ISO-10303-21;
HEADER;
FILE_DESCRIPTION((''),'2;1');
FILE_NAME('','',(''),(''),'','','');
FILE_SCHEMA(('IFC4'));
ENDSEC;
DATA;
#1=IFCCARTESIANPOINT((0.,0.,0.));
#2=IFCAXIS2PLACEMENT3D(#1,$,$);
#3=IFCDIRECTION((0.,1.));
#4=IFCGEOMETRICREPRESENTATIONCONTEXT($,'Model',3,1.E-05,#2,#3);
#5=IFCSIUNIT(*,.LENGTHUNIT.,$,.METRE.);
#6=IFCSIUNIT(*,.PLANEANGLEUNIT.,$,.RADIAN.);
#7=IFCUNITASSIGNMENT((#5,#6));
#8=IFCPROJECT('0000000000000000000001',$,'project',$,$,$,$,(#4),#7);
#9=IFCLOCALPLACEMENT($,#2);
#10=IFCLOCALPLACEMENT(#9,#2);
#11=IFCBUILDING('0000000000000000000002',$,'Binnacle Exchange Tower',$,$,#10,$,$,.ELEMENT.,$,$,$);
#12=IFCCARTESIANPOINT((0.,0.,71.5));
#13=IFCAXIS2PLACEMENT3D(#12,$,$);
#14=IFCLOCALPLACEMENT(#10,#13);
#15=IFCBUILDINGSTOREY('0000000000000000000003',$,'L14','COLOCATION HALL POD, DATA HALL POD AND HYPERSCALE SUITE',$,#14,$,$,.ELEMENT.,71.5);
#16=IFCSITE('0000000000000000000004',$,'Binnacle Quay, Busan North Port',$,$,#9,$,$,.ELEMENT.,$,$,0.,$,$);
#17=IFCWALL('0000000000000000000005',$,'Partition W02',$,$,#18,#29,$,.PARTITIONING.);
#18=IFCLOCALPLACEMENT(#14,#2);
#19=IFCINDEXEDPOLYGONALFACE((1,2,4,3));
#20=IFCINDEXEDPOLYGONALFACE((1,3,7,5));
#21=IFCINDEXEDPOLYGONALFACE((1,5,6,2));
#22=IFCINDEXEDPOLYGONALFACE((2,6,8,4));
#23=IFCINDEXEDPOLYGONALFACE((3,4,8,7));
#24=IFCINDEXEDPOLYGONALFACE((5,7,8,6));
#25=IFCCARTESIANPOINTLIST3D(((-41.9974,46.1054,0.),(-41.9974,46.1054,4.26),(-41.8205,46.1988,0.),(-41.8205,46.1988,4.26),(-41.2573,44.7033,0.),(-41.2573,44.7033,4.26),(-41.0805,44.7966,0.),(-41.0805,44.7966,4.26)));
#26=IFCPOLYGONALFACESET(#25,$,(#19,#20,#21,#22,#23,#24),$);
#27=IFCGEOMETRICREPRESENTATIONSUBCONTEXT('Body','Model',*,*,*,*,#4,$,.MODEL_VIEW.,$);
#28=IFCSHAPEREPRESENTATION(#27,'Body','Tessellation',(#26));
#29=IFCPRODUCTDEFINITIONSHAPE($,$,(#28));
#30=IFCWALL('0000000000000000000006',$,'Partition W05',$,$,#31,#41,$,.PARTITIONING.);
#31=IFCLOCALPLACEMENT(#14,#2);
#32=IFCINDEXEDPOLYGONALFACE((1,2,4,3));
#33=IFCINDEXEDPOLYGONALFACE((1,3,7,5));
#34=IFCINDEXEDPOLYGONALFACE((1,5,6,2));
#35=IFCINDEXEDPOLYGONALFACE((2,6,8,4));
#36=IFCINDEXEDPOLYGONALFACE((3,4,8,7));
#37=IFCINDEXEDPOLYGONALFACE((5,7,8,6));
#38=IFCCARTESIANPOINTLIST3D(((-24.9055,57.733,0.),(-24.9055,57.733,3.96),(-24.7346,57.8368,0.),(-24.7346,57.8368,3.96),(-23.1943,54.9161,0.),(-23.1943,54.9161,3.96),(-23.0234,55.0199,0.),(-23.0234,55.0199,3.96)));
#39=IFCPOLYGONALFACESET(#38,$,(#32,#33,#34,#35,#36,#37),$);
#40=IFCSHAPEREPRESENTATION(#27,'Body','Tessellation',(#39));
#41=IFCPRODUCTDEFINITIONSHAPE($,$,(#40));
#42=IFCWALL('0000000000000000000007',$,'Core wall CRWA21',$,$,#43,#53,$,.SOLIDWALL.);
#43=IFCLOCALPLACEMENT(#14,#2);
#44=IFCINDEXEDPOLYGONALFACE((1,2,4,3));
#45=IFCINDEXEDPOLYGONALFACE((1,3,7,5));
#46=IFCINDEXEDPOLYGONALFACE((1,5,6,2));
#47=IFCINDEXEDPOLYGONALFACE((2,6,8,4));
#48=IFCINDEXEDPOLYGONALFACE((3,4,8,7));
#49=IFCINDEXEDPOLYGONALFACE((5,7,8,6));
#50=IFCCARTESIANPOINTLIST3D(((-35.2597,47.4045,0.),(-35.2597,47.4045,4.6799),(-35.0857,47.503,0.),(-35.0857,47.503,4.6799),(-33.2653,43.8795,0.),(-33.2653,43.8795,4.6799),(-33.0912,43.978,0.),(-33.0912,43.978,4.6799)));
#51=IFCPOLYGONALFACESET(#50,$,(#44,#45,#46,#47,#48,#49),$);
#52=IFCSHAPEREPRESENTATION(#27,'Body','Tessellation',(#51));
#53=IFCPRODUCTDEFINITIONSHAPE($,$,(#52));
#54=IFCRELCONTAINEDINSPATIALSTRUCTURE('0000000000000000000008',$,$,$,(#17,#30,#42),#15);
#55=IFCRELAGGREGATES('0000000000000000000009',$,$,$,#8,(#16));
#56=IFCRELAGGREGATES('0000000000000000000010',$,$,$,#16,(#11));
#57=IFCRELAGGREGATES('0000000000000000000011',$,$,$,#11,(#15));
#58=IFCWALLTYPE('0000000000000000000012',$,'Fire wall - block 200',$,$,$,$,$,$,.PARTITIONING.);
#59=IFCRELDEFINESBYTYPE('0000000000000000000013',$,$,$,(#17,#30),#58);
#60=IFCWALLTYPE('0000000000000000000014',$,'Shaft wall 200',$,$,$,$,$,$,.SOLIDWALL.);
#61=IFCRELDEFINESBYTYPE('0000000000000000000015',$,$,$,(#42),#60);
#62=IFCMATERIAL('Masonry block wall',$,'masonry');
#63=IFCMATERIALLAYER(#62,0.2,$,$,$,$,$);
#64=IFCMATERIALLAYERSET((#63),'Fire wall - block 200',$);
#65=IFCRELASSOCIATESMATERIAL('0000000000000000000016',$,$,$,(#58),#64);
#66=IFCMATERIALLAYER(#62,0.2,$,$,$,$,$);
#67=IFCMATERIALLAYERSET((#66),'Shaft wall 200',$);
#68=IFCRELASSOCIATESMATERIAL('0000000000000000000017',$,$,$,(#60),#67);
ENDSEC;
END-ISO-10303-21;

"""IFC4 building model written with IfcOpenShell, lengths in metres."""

from ifc_helpers import new_model, si_unit, direction, frame, frame_2d, origin, place, context, subcontext, project, spatial, rectangle, extrude, material, layer, layer_set, type_object, element, save


model = new_model("IFC4")

# Units and contexts
model_context = context("Model", 3, precision=1e-05, world=origin(), true_north=direction((0.0, 1.0)))
body_context = subcontext(model_context, "Body", "Model", "MODEL_VIEW")
ifc_project = project(units=[si_unit("LENGTHUNIT", "METRE"), si_unit("PLANEANGLEUNIT", "RADIAN")], contexts=[model_context])

# Site, building, storey
site_placement = place(None, origin())
site = spatial("IfcSite", under=ifc_project, at=site_placement, Name="Binnacle Quay, Busan North Port", CompositionType="ELEMENT", RefElevation=0.0)
building_placement = place(site_placement, origin())
building = spatial("IfcBuilding", under=site, at=building_placement, Name="Binnacle Exchange Tower", CompositionType="ELEMENT")
storey_placement = place(building_placement, frame((0.0, 0.0, 71.5)))
storey = spatial("IfcBuildingStorey", under=building, at=storey_placement, Name="L14", Description="COLOCATION HALL POD, DATA HALL POD AND HYPERSCALE SUITE", CompositionType="ELEMENT", Elevation=71.5)

# Walls
ifc_material_1 = material(Name="Masonry block wall", Category="masonry")
ifc_layer_1 = layer(ifc_material_1, 0.2)
ifc_layer_set_1 = layer_set([ifc_layer_1], Name="Fire wall - block 200")
wall_type_1 = type_object("IfcWallType", Name="Fire wall - block 200", PredefinedType="PARTITIONING", material=ifc_layer_set_1)
wall_1_placement = place(storey_placement, frame((-41.9089, 46.1521, 0.0), z_axis=(0.0, 0.0, 1.0), x_axis=(0.466755, -0.884387, 0.0)))
element("IfcWall", 1, at=wall_1_placement, inside=storey, type_object=wall_type_1, Name="Partition W02", PredefinedType="PARTITIONING", context=body_context, shape_type="SweptSolid", body=[
    extrude(rectangle(XDim=1.5854, YDim=0.2, at=frame_2d((0.7927, 0.0))), origin(), (0.0, 0.0, 1.0), 4.26),
])
wall_2_placement = place(storey_placement, frame((-24.8201, 57.7849, 0.0), z_axis=(0.0, 0.0, 1.0), x_axis=(0.519183, -0.854663, 0.0)))
element("IfcWall", 2, at=wall_2_placement, inside=storey, type_object=wall_type_1, Name="Partition W05", PredefinedType="PARTITIONING", context=body_context, shape_type="SweptSolid", body=[
    extrude(rectangle(XDim=3.2959, YDim=0.2, at=frame_2d((1.6479, 0.0))), origin(), (0.0, 0.0, 1.0), 3.96),
])
ifc_layer_2 = layer(ifc_material_1, 0.2)
ifc_layer_set_2 = layer_set([ifc_layer_2], Name="Shaft wall 200")
wall_type_2 = type_object("IfcWallType", Name="Shaft wall 200", PredefinedType="SOLIDWALL", material=ifc_layer_set_2)
wall_3_placement = place(storey_placement, frame((-35.1726, 47.4536, 0.0), z_axis=(0.0, 0.0, 1.0), x_axis=(0.492441, -0.870346, 0.0)))
element("IfcWall", 3, at=wall_3_placement, inside=storey, type_object=wall_type_2, Name="Core wall CRWA21", PredefinedType="SOLIDWALL", context=body_context, shape_type="SweptSolid", body=[
    extrude(rectangle(XDim=4.05, YDim=0.2, at=frame_2d((2.0249, 0.0))), origin(), (0.0, 0.0, 1.0), 4.6799),
])

save(model, "model.ifc")
